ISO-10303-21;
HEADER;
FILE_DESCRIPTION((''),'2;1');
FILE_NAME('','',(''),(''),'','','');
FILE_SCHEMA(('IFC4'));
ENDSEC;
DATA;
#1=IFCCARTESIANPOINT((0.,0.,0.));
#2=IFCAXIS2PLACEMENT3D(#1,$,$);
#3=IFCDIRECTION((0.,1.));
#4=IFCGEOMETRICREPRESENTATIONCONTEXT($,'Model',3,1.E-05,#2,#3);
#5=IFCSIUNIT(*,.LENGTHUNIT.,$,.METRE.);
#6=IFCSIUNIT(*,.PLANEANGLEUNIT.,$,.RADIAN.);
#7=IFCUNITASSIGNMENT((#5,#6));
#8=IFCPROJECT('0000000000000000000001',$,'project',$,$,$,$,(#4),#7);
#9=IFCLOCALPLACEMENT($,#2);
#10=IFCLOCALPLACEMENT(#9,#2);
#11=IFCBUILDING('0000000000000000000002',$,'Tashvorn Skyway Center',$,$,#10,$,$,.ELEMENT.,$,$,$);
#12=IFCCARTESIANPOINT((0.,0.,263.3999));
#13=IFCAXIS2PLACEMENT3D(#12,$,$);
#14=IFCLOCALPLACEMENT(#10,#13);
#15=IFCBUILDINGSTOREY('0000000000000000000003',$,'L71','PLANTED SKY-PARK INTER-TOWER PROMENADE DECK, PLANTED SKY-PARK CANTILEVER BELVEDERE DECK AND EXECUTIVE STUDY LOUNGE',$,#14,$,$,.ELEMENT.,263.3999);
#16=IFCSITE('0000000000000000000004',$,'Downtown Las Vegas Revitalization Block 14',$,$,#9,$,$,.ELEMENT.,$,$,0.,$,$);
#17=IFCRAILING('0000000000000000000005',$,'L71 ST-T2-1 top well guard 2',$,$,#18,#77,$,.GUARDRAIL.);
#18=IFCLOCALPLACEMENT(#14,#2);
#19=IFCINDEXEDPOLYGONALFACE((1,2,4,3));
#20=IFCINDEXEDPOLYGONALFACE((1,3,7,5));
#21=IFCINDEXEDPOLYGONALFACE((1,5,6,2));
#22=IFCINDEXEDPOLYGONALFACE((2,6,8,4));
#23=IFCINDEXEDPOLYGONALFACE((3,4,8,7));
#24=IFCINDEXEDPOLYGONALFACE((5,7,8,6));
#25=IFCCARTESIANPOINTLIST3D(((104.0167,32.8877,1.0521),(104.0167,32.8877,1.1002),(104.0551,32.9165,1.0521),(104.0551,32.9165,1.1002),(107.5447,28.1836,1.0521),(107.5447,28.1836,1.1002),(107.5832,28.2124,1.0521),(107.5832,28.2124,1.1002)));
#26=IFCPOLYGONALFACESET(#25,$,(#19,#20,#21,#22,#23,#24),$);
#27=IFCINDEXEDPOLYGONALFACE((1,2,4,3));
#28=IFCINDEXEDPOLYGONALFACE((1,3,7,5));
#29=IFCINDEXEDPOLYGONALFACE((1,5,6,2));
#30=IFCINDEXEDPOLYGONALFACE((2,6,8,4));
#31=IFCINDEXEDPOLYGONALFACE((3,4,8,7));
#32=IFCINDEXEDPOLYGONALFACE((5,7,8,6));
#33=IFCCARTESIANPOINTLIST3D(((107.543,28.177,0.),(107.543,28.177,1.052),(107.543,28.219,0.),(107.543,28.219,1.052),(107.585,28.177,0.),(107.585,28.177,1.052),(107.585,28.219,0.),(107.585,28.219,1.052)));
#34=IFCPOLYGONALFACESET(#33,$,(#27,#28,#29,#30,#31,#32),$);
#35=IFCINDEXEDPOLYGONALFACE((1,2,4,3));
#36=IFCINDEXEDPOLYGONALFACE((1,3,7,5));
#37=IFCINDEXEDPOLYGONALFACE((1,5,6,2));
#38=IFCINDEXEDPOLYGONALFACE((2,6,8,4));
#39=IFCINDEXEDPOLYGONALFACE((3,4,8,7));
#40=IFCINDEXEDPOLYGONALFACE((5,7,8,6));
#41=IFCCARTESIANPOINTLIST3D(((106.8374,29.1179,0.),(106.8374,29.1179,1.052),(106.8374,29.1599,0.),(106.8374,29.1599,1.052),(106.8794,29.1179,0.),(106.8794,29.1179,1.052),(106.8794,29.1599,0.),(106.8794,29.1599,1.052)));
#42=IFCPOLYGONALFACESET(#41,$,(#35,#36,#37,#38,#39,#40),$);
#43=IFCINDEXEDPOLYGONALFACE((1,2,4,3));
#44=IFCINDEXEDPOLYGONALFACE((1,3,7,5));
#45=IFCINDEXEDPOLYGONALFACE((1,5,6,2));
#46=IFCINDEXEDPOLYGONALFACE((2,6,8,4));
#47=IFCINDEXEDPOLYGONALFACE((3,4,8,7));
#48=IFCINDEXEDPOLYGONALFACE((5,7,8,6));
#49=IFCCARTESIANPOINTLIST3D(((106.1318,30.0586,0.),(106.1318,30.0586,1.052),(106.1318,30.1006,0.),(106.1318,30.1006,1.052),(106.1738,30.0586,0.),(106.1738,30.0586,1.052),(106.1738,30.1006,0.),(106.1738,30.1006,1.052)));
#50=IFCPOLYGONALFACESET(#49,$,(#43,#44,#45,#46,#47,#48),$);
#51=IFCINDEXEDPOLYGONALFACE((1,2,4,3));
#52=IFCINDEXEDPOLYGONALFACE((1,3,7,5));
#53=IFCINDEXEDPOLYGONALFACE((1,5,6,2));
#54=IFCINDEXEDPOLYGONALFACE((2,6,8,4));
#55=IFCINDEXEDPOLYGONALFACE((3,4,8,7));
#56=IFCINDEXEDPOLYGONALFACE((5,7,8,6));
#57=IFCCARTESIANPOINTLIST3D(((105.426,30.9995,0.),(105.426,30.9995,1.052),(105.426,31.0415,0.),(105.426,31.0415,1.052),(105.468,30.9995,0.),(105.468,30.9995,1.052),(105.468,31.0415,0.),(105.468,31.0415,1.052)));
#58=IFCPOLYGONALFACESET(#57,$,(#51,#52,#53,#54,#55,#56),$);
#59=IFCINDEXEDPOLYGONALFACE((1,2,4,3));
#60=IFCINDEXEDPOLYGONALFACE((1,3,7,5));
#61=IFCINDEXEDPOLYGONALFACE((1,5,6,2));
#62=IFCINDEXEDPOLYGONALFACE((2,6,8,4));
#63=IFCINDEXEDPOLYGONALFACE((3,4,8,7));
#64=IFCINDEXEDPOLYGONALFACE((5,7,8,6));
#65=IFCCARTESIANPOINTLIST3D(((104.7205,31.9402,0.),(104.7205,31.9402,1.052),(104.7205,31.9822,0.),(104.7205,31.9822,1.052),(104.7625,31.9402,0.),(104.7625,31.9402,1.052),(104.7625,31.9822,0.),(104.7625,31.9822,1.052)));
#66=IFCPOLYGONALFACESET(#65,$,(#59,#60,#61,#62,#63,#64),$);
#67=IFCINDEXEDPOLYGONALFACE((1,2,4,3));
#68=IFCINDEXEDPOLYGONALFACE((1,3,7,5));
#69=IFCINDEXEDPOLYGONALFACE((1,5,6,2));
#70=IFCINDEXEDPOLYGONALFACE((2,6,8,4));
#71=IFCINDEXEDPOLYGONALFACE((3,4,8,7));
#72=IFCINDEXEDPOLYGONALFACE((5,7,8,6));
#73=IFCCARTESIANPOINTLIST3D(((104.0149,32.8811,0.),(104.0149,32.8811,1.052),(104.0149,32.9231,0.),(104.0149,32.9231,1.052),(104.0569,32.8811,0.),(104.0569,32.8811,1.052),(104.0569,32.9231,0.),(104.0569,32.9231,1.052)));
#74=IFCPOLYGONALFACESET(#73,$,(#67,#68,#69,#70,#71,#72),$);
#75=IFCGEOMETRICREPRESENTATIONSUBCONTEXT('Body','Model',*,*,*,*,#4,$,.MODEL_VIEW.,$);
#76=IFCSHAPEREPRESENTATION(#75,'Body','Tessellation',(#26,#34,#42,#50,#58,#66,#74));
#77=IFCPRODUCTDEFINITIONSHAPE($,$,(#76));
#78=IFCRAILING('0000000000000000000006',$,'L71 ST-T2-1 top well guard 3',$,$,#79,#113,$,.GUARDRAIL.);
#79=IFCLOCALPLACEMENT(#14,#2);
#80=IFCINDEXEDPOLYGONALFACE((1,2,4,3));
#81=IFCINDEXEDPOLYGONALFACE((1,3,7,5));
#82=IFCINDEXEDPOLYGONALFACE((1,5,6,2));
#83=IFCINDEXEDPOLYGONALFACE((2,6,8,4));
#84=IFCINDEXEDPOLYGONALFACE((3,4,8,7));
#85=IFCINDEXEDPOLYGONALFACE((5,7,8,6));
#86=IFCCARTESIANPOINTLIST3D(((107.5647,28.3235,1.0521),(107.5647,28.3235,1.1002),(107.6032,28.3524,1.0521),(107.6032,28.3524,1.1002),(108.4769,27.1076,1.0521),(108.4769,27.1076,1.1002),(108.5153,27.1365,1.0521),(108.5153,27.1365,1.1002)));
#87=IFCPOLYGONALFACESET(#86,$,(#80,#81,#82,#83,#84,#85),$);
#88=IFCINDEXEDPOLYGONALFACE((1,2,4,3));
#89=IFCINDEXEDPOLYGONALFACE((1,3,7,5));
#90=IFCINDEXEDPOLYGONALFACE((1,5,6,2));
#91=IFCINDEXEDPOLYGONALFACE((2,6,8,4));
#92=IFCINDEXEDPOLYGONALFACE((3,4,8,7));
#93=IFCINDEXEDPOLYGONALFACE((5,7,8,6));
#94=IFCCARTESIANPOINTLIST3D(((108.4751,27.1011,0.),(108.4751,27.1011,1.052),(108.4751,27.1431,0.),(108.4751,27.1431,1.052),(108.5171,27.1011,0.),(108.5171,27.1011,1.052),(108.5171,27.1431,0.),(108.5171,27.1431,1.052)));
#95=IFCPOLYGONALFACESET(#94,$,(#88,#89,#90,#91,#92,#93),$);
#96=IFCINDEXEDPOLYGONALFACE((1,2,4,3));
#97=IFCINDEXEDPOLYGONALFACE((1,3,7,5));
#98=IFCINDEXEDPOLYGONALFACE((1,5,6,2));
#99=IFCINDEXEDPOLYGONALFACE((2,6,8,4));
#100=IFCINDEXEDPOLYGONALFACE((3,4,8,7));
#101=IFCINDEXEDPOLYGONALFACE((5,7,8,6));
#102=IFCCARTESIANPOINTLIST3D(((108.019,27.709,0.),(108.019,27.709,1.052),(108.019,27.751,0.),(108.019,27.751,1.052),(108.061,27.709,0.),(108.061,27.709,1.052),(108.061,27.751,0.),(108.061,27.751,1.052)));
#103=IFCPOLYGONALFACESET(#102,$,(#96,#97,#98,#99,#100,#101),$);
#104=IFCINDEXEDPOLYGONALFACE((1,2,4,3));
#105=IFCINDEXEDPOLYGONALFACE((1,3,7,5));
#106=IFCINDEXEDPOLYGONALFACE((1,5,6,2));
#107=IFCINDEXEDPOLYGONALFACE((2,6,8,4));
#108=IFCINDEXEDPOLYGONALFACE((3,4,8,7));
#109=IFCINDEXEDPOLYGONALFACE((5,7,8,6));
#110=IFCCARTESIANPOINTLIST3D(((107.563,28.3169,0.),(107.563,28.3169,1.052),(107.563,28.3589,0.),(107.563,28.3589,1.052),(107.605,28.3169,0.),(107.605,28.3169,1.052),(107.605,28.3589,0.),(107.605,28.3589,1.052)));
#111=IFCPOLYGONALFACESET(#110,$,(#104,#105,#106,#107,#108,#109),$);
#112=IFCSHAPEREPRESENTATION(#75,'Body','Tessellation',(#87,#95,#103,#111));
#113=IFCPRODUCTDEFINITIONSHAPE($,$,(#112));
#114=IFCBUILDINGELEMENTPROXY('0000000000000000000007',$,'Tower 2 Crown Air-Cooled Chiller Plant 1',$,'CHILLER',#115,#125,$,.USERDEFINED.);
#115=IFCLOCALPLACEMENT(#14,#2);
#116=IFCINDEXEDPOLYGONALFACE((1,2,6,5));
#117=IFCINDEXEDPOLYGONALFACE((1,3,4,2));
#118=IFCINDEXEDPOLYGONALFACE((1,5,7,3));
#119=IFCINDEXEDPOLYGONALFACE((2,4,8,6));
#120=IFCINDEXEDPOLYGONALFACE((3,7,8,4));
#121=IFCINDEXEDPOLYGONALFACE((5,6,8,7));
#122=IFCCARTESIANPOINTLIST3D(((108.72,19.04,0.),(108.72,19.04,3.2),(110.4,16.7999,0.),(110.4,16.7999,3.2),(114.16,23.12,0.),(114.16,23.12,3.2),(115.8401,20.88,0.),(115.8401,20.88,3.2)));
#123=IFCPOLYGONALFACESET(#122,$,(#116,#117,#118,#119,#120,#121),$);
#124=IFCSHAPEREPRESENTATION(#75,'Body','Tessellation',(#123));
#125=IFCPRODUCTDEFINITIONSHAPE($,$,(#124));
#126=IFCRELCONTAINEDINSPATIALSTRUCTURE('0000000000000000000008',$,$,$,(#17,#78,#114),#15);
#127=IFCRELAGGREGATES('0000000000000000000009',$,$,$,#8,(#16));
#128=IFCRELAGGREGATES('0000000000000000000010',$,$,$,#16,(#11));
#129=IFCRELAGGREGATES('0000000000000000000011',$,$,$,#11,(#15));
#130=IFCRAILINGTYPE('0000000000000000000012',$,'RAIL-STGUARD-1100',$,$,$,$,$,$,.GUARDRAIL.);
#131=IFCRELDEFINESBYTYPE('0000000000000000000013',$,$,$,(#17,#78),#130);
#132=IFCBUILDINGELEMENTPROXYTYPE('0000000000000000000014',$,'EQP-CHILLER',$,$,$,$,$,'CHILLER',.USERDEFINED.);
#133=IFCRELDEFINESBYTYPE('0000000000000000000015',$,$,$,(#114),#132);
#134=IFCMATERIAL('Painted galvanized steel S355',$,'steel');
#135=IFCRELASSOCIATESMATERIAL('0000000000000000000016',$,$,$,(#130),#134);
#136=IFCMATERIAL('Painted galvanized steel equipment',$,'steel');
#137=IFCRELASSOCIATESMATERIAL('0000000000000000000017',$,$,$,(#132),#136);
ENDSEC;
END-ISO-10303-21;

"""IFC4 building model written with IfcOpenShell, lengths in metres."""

from ifc_helpers import new_model, si_unit, direction, frame, origin, origin_2d, place, context, subcontext, project, spatial, rectangle, extrude, material, type_object, element, save


model = new_model("IFC4")

# Units and contexts
model_context = context("Model", 3, precision=1e-05, world=origin(), true_north=direction((0.0, 1.0)))
body_context = subcontext(model_context, "Body", "Model", "MODEL_VIEW")
ifc_project = project(units=[si_unit("LENGTHUNIT", "METRE"), si_unit("PLANEANGLEUNIT", "RADIAN")], contexts=[model_context])

# Site, building, storey
site_placement = place(None, origin())
site = spatial("IfcSite", under=ifc_project, at=site_placement, Name="Downtown Las Vegas Revitalization Block 14", CompositionType="ELEMENT", RefElevation=0.0)
building_placement = place(site_placement, origin())
building = spatial("IfcBuilding", under=site, at=building_placement, Name="Tashvorn Skyway Center", CompositionType="ELEMENT")
storey_placement = place(building_placement, frame((0.0, 0.0, 263.3999)))
storey = spatial("IfcBuildingStorey", under=building, at=storey_placement, Name="L71", Description="PLANTED SKY-PARK INTER-TOWER PROMENADE DECK, PLANTED SKY-PARK CANTILEVER BELVEDERE DECK AND EXECUTIVE STUDY LOUNGE", CompositionType="ELEMENT", Elevation=263.3999)

# Railings
ifc_material_1 = material(Name="Painted galvanized steel S355", Category="steel")
railing_type_1 = type_object("IfcRailingType", Name="RAIL-STGUARD-1100", PredefinedType="GUARDRAIL", material=ifc_material_1)
railing_1_placement = place(storey_placement, frame((107.564, 28.198, 0.0)))
element("IfcRailing", 1, at=railing_1_placement, inside=storey, type_object=railing_type_1, Name="L71 ST-T2-1 top well guard 2", PredefinedType="GUARDRAIL", context=body_context, shape_type="SweptSolid", body=[
    extrude(rectangle(XDim=0.0481, YDim=0.0481, at=origin_2d()), frame((0.0, 0.0, 1.0762), z_axis=(-0.6, 0.8, 0.0), x_axis=(-0.8, -0.6, 0.0)), (0.0, 0.0, 1.0), 5.8801),
    extrude(rectangle(XDim=0.042, YDim=0.042, at=origin_2d()), origin(), (0.0, 0.0, 1.0), 1.052),
    extrude(rectangle(XDim=0.042, YDim=0.042, at=origin_2d()), frame((-0.7056, 0.9409, 0.0)), (0.0, 0.0, 1.0), 1.052),
    extrude(rectangle(XDim=0.042, YDim=0.042, at=origin_2d()), frame((-1.4111, 1.8816, 0.0)), (0.0, 0.0, 1.0), 1.052),
    extrude(rectangle(XDim=0.042, YDim=0.042, at=origin_2d()), frame((-2.1169, 2.8225, 0.0)), (0.0, 0.0, 1.0), 1.052),
    extrude(rectangle(XDim=0.042, YDim=0.042, at=origin_2d()), frame((-2.8225, 3.7632, 0.0)), (0.0, 0.0, 1.0), 1.052),
    extrude(rectangle(XDim=0.042, YDim=0.042, at=origin_2d()), frame((-3.5281, 4.7041, 0.0)), (0.0, 0.0, 1.0), 1.052),
])
railing_2_placement = place(storey_placement, frame((108.4961, 27.1221, 0.0)))
element("IfcRailing", 2, at=railing_2_placement, inside=storey, type_object=railing_type_1, Name="L71 ST-T2-1 top well guard 3", PredefinedType="GUARDRAIL", context=body_context, shape_type="SweptSolid", body=[
    extrude(rectangle(XDim=0.0481, YDim=0.0481, at=origin_2d()), frame((0.0, 0.0, 1.0762), z_axis=(-0.600103, 0.799923, 0.0), x_axis=(-0.799923, -0.600103, 0.0)), (0.0, 0.0, 1.0), 1.52),
    extrude(rectangle(XDim=0.042, YDim=0.042, at=origin_2d()), origin(), (0.0, 0.0, 1.0), 1.052),
    extrude(rectangle(XDim=0.042, YDim=0.042, at=origin_2d()), frame((-0.4561, 0.6079, 0.0)), (0.0, 0.0, 1.0), 1.052),
    extrude(rectangle(XDim=0.042, YDim=0.042, at=origin_2d()), frame((-0.9121, 1.2158, 0.0)), (0.0, 0.0, 1.0), 1.052),
])

# Building element proxy
ifc_material_2 = material(Name="Painted galvanized steel equipment", Category="steel")
building_element_proxy_type = type_object("IfcBuildingElementProxyType", Name="EQP-CHILLER", ElementType="CHILLER", PredefinedType="USERDEFINED", material=ifc_material_2)
proxy_placement = place(storey_placement, frame((112.28, 19.96, 0.0), z_axis=(0.0, 0.0, 1.0), x_axis=(0.8, 0.6, 0.0)))
element("IfcBuildingElementProxy", 3, at=proxy_placement, inside=storey, type_object=building_element_proxy_type, Name="Tower 2 Crown Air-Cooled Chiller Plant 1", ObjectType="CHILLER", PredefinedType="USERDEFINED", context=body_context, shape_type="SweptSolid", body=[
    extrude(rectangle(XDim=6.8, YDim=2.8, at=origin_2d()), origin(), (0.0, 0.0, 1.0), 3.2),
])

save(model, "model.ifc")
